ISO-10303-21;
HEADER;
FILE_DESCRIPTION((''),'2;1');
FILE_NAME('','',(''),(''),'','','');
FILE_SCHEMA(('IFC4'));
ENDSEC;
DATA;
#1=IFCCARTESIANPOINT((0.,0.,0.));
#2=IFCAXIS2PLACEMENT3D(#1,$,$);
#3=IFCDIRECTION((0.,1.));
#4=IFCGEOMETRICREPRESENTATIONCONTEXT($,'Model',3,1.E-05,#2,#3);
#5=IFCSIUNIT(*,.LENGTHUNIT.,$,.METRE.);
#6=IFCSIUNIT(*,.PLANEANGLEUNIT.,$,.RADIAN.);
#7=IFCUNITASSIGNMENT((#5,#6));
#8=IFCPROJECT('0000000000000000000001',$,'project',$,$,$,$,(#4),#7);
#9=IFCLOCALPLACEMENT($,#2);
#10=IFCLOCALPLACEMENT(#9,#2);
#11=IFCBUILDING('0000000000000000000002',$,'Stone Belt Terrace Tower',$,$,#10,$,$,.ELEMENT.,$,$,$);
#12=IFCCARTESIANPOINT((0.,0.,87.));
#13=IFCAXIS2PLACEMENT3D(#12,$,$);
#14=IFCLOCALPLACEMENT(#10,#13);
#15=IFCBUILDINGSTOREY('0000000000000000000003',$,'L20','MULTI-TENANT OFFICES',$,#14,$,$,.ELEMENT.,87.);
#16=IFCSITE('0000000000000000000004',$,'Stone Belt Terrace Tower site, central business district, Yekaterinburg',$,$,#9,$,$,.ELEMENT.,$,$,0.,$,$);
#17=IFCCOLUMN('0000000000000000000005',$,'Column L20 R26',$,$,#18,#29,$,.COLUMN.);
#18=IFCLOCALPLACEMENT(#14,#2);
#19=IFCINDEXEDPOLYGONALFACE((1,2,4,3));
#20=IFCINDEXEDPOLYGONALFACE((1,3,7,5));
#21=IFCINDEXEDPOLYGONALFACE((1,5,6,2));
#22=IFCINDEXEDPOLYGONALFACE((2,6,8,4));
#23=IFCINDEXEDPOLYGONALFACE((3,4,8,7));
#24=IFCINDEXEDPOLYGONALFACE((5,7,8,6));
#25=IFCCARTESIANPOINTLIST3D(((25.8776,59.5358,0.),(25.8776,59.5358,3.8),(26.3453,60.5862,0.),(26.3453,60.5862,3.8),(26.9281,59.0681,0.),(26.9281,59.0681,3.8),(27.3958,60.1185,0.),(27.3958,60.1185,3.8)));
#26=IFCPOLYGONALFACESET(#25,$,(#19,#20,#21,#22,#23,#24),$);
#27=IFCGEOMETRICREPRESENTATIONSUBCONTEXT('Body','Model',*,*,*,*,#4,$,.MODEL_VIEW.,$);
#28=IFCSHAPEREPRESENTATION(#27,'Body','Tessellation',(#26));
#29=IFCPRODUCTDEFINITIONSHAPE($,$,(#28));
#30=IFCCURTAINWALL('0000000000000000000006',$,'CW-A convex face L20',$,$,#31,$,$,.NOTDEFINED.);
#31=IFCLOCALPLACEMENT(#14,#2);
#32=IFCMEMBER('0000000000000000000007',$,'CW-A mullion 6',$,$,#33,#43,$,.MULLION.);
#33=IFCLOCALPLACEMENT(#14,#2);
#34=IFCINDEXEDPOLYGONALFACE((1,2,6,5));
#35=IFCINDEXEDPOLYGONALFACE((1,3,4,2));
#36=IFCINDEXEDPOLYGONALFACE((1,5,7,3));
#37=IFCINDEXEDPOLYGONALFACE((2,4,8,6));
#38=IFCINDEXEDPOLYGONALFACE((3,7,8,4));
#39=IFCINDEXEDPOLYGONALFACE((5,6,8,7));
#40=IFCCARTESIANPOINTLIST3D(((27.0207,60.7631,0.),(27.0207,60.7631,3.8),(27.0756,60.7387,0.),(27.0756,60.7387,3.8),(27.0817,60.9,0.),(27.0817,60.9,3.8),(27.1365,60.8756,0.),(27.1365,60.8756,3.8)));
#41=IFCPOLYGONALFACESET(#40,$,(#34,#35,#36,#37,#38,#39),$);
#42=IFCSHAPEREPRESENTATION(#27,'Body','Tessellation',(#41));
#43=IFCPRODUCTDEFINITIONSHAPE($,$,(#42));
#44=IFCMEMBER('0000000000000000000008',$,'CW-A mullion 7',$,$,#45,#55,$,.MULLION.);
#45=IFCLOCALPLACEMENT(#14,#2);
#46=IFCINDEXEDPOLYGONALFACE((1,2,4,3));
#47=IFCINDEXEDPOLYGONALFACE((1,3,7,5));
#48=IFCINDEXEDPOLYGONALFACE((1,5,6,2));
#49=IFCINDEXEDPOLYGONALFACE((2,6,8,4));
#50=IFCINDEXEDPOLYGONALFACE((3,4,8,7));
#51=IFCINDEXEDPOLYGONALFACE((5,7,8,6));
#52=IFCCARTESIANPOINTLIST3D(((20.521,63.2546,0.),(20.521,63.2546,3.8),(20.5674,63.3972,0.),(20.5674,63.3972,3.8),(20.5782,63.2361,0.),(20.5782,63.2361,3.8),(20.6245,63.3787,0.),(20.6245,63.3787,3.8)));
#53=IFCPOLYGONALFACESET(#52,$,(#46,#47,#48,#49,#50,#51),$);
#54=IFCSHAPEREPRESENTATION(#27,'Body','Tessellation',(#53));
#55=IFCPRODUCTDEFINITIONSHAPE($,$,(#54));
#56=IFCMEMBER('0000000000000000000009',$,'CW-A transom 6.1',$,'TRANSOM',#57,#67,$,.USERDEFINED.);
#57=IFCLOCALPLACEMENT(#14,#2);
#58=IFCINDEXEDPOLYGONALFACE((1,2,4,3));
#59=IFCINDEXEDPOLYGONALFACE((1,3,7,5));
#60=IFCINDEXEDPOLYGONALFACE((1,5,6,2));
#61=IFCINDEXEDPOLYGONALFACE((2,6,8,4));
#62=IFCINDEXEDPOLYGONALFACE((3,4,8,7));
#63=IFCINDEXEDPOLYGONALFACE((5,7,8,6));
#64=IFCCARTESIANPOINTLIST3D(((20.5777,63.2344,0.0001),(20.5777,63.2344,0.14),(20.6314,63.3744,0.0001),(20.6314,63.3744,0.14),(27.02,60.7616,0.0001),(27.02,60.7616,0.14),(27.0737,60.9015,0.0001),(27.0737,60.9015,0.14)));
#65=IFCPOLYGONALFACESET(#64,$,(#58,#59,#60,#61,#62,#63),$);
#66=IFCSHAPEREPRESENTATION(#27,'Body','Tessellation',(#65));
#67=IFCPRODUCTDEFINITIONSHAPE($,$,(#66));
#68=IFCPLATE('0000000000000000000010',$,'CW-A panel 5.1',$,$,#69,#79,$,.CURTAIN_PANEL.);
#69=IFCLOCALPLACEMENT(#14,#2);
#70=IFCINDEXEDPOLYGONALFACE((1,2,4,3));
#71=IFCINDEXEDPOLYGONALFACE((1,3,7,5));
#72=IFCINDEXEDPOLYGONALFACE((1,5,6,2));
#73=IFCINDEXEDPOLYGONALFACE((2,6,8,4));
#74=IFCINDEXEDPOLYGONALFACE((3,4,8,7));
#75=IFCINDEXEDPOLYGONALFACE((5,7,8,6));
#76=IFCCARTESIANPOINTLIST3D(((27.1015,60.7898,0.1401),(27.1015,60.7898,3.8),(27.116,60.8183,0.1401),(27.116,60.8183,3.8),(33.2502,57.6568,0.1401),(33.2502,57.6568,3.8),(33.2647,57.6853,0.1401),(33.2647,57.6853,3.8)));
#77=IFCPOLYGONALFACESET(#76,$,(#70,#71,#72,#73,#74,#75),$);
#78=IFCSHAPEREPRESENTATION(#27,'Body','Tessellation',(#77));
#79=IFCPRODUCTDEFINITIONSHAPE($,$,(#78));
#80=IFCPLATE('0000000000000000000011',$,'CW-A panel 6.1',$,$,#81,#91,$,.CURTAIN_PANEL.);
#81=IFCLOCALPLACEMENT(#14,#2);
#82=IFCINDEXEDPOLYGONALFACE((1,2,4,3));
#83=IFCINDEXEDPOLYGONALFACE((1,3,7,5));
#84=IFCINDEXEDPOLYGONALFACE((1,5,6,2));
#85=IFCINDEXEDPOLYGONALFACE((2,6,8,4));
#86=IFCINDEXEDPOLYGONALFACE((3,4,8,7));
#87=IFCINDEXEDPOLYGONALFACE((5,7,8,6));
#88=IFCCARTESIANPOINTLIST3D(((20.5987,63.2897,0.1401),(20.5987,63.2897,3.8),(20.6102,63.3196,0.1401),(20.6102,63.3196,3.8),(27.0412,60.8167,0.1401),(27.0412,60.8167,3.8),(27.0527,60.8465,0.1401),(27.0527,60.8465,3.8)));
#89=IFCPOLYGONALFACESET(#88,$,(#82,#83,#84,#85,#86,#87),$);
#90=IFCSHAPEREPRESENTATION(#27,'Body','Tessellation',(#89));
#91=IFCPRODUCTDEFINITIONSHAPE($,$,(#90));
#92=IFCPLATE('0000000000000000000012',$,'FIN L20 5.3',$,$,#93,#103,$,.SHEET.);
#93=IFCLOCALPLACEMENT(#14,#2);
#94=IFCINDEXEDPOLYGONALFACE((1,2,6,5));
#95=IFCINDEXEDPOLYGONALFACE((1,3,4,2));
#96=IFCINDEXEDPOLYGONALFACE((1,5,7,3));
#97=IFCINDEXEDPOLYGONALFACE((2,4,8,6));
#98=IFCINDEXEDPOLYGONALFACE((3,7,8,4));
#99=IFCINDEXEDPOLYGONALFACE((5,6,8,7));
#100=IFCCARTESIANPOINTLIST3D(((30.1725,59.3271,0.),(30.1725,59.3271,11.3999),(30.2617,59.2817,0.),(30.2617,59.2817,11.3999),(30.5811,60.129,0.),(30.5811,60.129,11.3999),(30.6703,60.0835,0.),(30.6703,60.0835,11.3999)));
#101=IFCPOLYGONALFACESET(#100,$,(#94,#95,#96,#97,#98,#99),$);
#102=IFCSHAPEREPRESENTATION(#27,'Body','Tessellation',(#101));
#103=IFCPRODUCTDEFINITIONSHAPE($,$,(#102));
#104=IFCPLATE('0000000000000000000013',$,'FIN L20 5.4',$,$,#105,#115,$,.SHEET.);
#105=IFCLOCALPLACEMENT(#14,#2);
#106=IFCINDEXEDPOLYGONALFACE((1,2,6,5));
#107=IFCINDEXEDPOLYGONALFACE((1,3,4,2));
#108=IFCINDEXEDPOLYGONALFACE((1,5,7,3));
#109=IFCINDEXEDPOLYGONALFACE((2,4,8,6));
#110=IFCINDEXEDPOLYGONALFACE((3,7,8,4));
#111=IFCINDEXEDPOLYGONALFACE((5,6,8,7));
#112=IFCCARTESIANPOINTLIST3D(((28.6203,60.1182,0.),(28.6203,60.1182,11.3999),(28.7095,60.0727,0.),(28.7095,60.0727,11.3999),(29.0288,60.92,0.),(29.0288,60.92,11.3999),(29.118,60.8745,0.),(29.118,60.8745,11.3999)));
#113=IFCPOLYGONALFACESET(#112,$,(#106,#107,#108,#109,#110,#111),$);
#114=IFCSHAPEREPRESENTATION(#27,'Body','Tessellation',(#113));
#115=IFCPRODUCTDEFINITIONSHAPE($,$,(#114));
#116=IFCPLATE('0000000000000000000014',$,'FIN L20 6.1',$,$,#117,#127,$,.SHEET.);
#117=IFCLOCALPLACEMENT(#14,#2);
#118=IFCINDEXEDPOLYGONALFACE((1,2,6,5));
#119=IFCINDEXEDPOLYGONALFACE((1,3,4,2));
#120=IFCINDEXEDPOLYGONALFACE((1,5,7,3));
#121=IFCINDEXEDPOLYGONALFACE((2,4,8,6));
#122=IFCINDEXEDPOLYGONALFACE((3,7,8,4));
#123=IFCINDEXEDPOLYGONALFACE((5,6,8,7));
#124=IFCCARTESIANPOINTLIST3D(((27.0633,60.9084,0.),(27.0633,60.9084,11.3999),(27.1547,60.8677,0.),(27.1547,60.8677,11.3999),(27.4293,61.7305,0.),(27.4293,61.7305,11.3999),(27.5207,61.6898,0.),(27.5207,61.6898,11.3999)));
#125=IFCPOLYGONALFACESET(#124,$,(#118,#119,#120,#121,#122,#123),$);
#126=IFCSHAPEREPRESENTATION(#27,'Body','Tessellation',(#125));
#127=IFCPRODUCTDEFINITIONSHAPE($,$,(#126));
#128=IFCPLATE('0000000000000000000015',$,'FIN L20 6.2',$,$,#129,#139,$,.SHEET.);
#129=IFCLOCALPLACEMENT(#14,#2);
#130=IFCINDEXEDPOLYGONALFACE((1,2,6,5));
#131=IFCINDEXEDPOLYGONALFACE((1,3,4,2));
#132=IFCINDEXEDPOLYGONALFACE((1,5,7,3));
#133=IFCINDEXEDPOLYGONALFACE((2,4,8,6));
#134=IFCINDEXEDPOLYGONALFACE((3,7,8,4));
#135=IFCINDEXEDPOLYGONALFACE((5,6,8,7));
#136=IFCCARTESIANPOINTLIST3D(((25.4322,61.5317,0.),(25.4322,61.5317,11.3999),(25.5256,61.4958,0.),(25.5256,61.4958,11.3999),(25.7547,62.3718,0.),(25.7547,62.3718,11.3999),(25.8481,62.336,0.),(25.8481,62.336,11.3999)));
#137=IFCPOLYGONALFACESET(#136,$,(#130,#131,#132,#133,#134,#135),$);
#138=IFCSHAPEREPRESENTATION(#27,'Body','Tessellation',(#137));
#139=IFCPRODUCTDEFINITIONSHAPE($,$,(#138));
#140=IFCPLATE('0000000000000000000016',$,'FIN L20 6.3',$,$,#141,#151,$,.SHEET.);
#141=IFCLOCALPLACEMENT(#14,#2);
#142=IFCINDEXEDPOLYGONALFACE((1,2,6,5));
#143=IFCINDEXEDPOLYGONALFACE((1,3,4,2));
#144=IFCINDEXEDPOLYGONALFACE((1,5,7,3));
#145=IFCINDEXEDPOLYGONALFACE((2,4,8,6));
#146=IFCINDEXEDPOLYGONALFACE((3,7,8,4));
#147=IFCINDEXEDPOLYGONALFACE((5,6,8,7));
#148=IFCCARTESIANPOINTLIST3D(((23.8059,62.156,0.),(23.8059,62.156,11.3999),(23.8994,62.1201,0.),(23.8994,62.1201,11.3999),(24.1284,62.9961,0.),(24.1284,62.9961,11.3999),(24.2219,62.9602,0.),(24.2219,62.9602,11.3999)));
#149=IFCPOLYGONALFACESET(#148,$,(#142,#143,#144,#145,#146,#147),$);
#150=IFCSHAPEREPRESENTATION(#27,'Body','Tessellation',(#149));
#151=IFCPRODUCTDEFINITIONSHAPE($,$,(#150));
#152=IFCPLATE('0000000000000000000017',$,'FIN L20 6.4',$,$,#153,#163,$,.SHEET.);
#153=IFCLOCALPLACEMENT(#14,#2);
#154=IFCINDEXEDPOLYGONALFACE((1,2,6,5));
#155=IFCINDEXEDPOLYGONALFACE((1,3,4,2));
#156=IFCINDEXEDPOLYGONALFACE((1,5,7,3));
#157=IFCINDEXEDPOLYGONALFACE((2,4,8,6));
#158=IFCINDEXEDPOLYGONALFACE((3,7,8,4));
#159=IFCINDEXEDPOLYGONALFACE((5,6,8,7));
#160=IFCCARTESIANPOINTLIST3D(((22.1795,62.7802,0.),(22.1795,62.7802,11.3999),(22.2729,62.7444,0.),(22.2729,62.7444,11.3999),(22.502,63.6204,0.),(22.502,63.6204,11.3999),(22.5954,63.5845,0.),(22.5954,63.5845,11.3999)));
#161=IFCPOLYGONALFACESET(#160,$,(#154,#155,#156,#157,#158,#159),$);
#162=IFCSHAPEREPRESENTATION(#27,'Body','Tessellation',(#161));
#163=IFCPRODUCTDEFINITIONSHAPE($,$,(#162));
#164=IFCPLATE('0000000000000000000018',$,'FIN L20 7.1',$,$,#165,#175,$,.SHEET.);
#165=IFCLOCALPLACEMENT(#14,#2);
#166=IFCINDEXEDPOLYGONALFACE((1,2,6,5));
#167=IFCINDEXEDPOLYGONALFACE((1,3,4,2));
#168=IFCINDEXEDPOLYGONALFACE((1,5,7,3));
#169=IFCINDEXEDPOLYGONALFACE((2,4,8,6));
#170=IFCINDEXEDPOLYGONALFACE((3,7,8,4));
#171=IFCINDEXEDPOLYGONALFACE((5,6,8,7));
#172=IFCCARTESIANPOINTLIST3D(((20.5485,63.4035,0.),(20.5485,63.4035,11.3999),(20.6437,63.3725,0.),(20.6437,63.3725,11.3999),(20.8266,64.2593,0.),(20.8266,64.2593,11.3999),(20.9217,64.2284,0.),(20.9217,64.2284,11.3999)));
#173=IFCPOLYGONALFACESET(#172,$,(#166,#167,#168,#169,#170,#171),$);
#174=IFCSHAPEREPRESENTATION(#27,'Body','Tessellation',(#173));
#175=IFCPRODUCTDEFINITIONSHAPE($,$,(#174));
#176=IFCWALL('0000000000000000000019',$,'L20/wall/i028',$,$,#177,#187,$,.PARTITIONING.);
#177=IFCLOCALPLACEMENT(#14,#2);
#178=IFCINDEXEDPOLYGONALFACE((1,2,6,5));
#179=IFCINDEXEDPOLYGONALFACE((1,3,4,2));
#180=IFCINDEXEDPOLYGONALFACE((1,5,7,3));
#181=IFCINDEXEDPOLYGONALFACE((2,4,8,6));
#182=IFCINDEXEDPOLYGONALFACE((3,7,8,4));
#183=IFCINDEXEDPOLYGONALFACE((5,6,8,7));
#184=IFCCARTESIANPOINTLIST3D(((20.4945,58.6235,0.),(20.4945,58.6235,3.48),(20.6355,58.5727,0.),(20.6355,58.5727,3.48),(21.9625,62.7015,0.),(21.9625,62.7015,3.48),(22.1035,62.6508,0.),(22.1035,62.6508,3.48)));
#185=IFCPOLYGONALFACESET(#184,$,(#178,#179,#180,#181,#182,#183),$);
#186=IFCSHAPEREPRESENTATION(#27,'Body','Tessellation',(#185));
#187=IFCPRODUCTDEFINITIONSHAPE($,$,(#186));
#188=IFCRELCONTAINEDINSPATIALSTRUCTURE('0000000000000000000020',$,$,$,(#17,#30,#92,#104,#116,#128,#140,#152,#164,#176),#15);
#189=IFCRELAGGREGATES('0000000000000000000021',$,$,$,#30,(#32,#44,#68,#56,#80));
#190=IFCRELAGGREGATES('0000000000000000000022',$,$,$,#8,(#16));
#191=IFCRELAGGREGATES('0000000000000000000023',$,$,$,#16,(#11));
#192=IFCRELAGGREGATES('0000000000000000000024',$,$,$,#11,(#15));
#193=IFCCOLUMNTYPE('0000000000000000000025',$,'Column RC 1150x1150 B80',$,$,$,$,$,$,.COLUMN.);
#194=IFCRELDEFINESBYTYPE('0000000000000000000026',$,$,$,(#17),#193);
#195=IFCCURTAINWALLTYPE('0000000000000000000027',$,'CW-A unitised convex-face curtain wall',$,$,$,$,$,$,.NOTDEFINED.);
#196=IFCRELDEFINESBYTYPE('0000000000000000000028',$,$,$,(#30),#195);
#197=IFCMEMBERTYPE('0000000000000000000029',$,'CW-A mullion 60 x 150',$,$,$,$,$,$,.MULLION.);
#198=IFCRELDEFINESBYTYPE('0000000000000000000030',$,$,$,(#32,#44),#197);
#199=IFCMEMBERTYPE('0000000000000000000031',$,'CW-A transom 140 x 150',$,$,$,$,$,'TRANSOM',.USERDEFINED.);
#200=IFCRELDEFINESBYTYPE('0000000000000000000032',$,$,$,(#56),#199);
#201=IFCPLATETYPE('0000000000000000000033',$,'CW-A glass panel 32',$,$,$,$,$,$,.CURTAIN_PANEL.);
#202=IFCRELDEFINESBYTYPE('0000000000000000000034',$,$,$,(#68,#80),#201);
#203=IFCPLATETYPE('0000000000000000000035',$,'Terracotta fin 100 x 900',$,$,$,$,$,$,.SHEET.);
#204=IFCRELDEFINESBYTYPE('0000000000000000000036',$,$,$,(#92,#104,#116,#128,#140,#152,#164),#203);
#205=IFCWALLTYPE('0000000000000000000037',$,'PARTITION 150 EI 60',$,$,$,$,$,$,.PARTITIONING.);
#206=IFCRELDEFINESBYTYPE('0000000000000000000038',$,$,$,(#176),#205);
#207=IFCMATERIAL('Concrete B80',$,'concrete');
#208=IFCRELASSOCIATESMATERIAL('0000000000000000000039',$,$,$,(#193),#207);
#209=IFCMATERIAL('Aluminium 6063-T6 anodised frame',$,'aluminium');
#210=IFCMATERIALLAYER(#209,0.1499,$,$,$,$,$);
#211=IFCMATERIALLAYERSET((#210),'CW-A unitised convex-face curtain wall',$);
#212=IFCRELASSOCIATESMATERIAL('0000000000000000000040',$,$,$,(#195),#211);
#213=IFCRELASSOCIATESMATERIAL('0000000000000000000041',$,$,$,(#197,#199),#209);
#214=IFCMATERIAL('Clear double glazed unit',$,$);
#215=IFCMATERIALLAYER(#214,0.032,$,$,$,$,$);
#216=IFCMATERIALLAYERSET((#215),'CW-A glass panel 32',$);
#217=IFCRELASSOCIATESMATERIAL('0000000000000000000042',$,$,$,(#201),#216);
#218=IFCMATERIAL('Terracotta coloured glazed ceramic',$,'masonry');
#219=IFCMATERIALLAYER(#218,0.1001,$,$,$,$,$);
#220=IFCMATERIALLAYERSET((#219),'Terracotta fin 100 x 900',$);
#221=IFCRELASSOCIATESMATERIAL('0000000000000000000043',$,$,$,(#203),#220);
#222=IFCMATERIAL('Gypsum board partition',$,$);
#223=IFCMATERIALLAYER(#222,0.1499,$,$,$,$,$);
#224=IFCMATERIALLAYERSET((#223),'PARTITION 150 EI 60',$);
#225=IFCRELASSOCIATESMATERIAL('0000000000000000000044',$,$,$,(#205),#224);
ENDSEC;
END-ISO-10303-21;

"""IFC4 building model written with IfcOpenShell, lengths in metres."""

from ifc_helpers import new_model, si_unit, direction, frame, frame_2d, origin, origin_2d, place, context, subcontext, project, spatial, rectangle, extrude, material, layer, layer_set, material_profile, profile_set, type_object, element, aggregate, save


model = new_model("IFC4")

# Units and contexts
model_context = context("Model", 3, precision=1e-05, world=origin(), true_north=direction((0.0, 1.0)))
body_context = subcontext(model_context, "Body", "Model", "MODEL_VIEW")
ifc_project = project(units=[si_unit("LENGTHUNIT", "METRE"), si_unit("PLANEANGLEUNIT", "RADIAN")], contexts=[model_context])

# Site, building, storey
site_placement = place(None, origin())
site = spatial("IfcSite", under=ifc_project, at=site_placement, Name="Stone Belt Terrace Tower site, central business district, Yekaterinburg", CompositionType="ELEMENT", RefElevation=0.0)
building_placement = place(site_placement, origin())
building = spatial("IfcBuilding", under=site, at=building_placement, Name="Stone Belt Terrace Tower", CompositionType="ELEMENT")
storey_placement = place(building_placement, frame((0.0, 0.0, 87.0)))
storey = spatial("IfcBuildingStorey", under=building, at=storey_placement, Name="L20", Description="MULTI-TENANT OFFICES", CompositionType="ELEMENT", Elevation=87.0)

# Column
ifc_material_1 = material(Name="Concrete B80", Category="concrete")
ifc_material_profile_1 = material_profile(ifc_material_1, rectangle(XDim=1.1499, YDim=1.1499, at=origin_2d()), Name="RC 1150x1150")
ifc_profile_set_1 = profile_set([ifc_material_profile_1], Name="Concrete B80")
column_type = type_object("IfcColumnType", Name="Column RC 1150x1150 B80", PredefinedType="COLUMN", material=ifc_profile_set_1)
column_placement = place(storey_placement, frame((26.6367, 59.8271, 0.0), z_axis=(0.0, 0.0, 1.0), x_axis=(0.913545, -0.406737, 0.0)))
element("IfcColumn", 1, at=column_placement, inside=storey, type_object=column_type, Name="Column L20 R26", PredefinedType="COLUMN", context=body_context, shape_type="SweptSolid", body=[
    extrude(rectangle(XDim=1.1499, YDim=1.1499, at=origin_2d()), origin(), (0.0, 0.0, 1.0), 3.8),
])

# Curtain wall, members, plates
ifc_material_2 = material(Name="Aluminium 6063-T6 anodised frame", Category="aluminium")
ifc_layer_1 = layer(ifc_material_2, 0.1499)
ifc_layer_set_1 = layer_set([ifc_layer_1], Name="CW-A unitised convex-face curtain wall")
curtain_wall_type = type_object("IfcCurtainWallType", Name="CW-A unitised convex-face curtain wall", PredefinedType="NOTDEFINED", material=ifc_layer_set_1)
curtain_wall_placement = place(storey_placement, origin())
curtain_wall = element("IfcCurtainWall", 2, at=curtain_wall_placement, inside=storey, type_object=curtain_wall_type, Name="CW-A convex face L20", PredefinedType="NOTDEFINED")
ifc_material_profile_2 = material_profile(ifc_material_2, rectangle(XDim=0.1499, YDim=0.0601, at=origin_2d()), Name="Aluminium 6063-T6 60x150")
ifc_profile_set_2 = profile_set([ifc_material_profile_2], Name="Aluminium 6063-T6 anodised frame")
member_type_1 = type_object("IfcMemberType", Name="CW-A mullion 60 x 150", PredefinedType="MULLION", material=ifc_profile_set_2)
member_1_placement = place(storey_placement, frame((27.0786, 60.8193, 0.0), z_axis=(0.0, 0.0, 1.0), x_axis=(-0.406737, -0.913545, 0.0)))
member_1 = element("IfcMember", 3, at=member_1_placement, type_object=member_type_1, Name="CW-A mullion 6", PredefinedType="MULLION", context=body_context, shape_type="SweptSolid", body=[
    extrude(rectangle(XDim=0.1499, YDim=0.0601, at=origin_2d()), origin(), (0.0, 0.0, 1.0), 3.8),
])
member_2_placement = place(storey_placement, frame((20.5728, 63.3167, 0.0), z_axis=(0.0, 0.0, 1.0), x_axis=(-0.309017, -0.951057, 0.0)))
member_2 = element("IfcMember", 4, at=member_2_placement, type_object=member_type_1, Name="CW-A mullion 7", PredefinedType="MULLION", context=body_context, shape_type="SweptSolid", body=[
    extrude(rectangle(XDim=0.1499, YDim=0.0601, at=origin_2d()), origin(), (0.0, 0.0, 1.0), 3.8),
])
ifc_material_profile_3 = material_profile(ifc_material_2, rectangle(XDim=0.1499, YDim=0.1399, at=origin_2d()), Name="Aluminium 6063-T6 150x140")
ifc_profile_set_3 = profile_set([ifc_material_profile_3], Name="Aluminium 6063-T6 anodised frame")
member_type_2 = type_object("IfcMemberType", Name="CW-A transom 140 x 150", ElementType="TRANSOM", PredefinedType="USERDEFINED", material=ifc_profile_set_3)
member_3_placement = place(storey_placement, frame((27.0469, 60.8315, 0.0701), z_axis=(-0.933585, 0.358355, 0.0), x_axis=(-0.358355, -0.933585, 0.0)))
member_3 = element("IfcMember", 5, at=member_3_placement, type_object=member_type_2, Name="CW-A transom 6.1", ObjectType="TRANSOM", PredefinedType="USERDEFINED", context=body_context, shape_type="SweptSolid", body=[
    extrude(rectangle(XDim=0.1499, YDim=0.1399, at=origin_2d()), origin(), (0.0, 0.0, 1.0), 6.9006),
])
ifc_material_3 = material(Name="Clear double glazed unit")
ifc_layer_2 = layer(ifc_material_3, 0.032)
ifc_layer_set_2 = layer_set([ifc_layer_2], Name="CW-A glass panel 32")
plate_type_1 = type_object("IfcPlateType", Name="CW-A glass panel 32", PredefinedType="CURTAIN_PANEL", material=ifc_layer_set_2)
plate_1_placement = place(storey_placement, frame((30.1831, 59.2375, 0.1401), z_axis=(0.0, 0.0, 1.0), x_axis=(-0.891007, 0.45399, 0.0)))
plate_1 = element("IfcPlate", 6, at=plate_1_placement, type_object=plate_type_1, Name="CW-A panel 5.1", PredefinedType="CURTAIN_PANEL", context=body_context, shape_type="SweptSolid", body=[
    extrude(rectangle(XDim=6.9009, YDim=0.032, at=origin_2d()), origin(), (0.0, 0.0, 1.0), 3.6599),
])
plate_2_placement = place(storey_placement, frame((23.8257, 62.0681, 0.1401), z_axis=(0.0, 0.0, 1.0), x_axis=(-0.93358, 0.358368, 0.0)))
plate_2 = element("IfcPlate", 7, at=plate_2_placement, type_object=plate_type_1, Name="CW-A panel 6.1", PredefinedType="CURTAIN_PANEL", context=body_context, shape_type="SweptSolid", body=[
    extrude(rectangle(XDim=6.9009, YDim=0.032, at=origin_2d()), origin(), (0.0, 0.0, 1.0), 3.6599),
])
aggregate(curtain_wall, [member_1, member_2, plate_1, member_3, plate_2])

# Plates
ifc_material_4 = material(Name="Terracotta coloured glazed ceramic", Category="masonry")
ifc_layer_3 = layer(ifc_material_4, 0.1001)
ifc_layer_set_3 = layer_set([ifc_layer_3], Name="Terracotta fin 100 x 900")
plate_type_2 = type_object("IfcPlateType", Name="Terracotta fin 100 x 900", PredefinedType="SHEET", material=ifc_layer_set_3)
for number, where, z_axis, x_axis, name in (
    (8, (30.4214, 59.7053, 0.0), (0.0, 0.0, 1.0), (0.45399, 0.891007, 0.0), "FIN L20 5.3"),
    (9, (28.8691, 60.4963, 0.0), (0.0, 0.0, 1.0), (0.45399, 0.891007, 0.0), "FIN L20 5.4"),
    (10, (27.292, 61.2991, 0.0), (0.0, 0.0, 1.0), (0.406737, 0.913545, 0.0), "FIN L20 6.1"),
    (11, (25.6401, 61.9338, 0.0), (0.0, 0.0, 1.0), (0.358368, 0.93358, 0.0), "FIN L20 6.2"),
    (12, (24.0139, 62.5581, 0.0), (0.0, 0.0, 1.0), (0.358368, 0.93358, 0.0), "FIN L20 6.3"),
    (13, (22.3875, 63.1824, 0.0), (0.0, 0.0, 1.0), (0.358368, 0.93358, 0.0), "FIN L20 6.4"),
    (14, (20.7351, 63.8159, 0.0), (0.0, 0.0, 1.0), (0.309017, 0.951057, 0.0), "FIN L20 7.1"),
):
    element("IfcPlate", number, at=place(storey_placement, frame(where, z_axis=z_axis, x_axis=x_axis)), inside=storey, type_object=plate_type_2, Name=name, PredefinedType="SHEET", context=body_context, shape_type="SweptSolid", body=[
        extrude(rectangle(XDim=0.8999, YDim=0.1001, at=origin_2d()), origin(), (0.0, 0.0, 1.0), 11.3999),
    ])

# Wall
ifc_material_5 = material(Name="Gypsum board partition")
ifc_layer_4 = layer(ifc_material_5, 0.1499)
ifc_layer_set_4 = layer_set([ifc_layer_4], Name="PARTITION 150 EI 60")
wall_type = type_object("IfcWallType", Name="PARTITION 150 EI 60", PredefinedType="PARTITIONING", material=ifc_layer_set_4)
wall_placement = place(storey_placement, frame((22.033, 62.676, 0.0), z_axis=(0.0, 0.0, 1.0), x_axis=(-0.338698, -0.940895, 0.0)))
element("IfcWall", 15, at=wall_placement, inside=storey, type_object=wall_type, Name="L20/wall/i028", PredefinedType="PARTITIONING", context=body_context, shape_type="SweptSolid", body=[
    extrude(rectangle(XDim=4.3342, YDim=0.1499, at=frame_2d((2.167, 0.0))), origin(), (0.0, 0.0, 1.0), 3.48),
])

save(model, "model.ifc")
